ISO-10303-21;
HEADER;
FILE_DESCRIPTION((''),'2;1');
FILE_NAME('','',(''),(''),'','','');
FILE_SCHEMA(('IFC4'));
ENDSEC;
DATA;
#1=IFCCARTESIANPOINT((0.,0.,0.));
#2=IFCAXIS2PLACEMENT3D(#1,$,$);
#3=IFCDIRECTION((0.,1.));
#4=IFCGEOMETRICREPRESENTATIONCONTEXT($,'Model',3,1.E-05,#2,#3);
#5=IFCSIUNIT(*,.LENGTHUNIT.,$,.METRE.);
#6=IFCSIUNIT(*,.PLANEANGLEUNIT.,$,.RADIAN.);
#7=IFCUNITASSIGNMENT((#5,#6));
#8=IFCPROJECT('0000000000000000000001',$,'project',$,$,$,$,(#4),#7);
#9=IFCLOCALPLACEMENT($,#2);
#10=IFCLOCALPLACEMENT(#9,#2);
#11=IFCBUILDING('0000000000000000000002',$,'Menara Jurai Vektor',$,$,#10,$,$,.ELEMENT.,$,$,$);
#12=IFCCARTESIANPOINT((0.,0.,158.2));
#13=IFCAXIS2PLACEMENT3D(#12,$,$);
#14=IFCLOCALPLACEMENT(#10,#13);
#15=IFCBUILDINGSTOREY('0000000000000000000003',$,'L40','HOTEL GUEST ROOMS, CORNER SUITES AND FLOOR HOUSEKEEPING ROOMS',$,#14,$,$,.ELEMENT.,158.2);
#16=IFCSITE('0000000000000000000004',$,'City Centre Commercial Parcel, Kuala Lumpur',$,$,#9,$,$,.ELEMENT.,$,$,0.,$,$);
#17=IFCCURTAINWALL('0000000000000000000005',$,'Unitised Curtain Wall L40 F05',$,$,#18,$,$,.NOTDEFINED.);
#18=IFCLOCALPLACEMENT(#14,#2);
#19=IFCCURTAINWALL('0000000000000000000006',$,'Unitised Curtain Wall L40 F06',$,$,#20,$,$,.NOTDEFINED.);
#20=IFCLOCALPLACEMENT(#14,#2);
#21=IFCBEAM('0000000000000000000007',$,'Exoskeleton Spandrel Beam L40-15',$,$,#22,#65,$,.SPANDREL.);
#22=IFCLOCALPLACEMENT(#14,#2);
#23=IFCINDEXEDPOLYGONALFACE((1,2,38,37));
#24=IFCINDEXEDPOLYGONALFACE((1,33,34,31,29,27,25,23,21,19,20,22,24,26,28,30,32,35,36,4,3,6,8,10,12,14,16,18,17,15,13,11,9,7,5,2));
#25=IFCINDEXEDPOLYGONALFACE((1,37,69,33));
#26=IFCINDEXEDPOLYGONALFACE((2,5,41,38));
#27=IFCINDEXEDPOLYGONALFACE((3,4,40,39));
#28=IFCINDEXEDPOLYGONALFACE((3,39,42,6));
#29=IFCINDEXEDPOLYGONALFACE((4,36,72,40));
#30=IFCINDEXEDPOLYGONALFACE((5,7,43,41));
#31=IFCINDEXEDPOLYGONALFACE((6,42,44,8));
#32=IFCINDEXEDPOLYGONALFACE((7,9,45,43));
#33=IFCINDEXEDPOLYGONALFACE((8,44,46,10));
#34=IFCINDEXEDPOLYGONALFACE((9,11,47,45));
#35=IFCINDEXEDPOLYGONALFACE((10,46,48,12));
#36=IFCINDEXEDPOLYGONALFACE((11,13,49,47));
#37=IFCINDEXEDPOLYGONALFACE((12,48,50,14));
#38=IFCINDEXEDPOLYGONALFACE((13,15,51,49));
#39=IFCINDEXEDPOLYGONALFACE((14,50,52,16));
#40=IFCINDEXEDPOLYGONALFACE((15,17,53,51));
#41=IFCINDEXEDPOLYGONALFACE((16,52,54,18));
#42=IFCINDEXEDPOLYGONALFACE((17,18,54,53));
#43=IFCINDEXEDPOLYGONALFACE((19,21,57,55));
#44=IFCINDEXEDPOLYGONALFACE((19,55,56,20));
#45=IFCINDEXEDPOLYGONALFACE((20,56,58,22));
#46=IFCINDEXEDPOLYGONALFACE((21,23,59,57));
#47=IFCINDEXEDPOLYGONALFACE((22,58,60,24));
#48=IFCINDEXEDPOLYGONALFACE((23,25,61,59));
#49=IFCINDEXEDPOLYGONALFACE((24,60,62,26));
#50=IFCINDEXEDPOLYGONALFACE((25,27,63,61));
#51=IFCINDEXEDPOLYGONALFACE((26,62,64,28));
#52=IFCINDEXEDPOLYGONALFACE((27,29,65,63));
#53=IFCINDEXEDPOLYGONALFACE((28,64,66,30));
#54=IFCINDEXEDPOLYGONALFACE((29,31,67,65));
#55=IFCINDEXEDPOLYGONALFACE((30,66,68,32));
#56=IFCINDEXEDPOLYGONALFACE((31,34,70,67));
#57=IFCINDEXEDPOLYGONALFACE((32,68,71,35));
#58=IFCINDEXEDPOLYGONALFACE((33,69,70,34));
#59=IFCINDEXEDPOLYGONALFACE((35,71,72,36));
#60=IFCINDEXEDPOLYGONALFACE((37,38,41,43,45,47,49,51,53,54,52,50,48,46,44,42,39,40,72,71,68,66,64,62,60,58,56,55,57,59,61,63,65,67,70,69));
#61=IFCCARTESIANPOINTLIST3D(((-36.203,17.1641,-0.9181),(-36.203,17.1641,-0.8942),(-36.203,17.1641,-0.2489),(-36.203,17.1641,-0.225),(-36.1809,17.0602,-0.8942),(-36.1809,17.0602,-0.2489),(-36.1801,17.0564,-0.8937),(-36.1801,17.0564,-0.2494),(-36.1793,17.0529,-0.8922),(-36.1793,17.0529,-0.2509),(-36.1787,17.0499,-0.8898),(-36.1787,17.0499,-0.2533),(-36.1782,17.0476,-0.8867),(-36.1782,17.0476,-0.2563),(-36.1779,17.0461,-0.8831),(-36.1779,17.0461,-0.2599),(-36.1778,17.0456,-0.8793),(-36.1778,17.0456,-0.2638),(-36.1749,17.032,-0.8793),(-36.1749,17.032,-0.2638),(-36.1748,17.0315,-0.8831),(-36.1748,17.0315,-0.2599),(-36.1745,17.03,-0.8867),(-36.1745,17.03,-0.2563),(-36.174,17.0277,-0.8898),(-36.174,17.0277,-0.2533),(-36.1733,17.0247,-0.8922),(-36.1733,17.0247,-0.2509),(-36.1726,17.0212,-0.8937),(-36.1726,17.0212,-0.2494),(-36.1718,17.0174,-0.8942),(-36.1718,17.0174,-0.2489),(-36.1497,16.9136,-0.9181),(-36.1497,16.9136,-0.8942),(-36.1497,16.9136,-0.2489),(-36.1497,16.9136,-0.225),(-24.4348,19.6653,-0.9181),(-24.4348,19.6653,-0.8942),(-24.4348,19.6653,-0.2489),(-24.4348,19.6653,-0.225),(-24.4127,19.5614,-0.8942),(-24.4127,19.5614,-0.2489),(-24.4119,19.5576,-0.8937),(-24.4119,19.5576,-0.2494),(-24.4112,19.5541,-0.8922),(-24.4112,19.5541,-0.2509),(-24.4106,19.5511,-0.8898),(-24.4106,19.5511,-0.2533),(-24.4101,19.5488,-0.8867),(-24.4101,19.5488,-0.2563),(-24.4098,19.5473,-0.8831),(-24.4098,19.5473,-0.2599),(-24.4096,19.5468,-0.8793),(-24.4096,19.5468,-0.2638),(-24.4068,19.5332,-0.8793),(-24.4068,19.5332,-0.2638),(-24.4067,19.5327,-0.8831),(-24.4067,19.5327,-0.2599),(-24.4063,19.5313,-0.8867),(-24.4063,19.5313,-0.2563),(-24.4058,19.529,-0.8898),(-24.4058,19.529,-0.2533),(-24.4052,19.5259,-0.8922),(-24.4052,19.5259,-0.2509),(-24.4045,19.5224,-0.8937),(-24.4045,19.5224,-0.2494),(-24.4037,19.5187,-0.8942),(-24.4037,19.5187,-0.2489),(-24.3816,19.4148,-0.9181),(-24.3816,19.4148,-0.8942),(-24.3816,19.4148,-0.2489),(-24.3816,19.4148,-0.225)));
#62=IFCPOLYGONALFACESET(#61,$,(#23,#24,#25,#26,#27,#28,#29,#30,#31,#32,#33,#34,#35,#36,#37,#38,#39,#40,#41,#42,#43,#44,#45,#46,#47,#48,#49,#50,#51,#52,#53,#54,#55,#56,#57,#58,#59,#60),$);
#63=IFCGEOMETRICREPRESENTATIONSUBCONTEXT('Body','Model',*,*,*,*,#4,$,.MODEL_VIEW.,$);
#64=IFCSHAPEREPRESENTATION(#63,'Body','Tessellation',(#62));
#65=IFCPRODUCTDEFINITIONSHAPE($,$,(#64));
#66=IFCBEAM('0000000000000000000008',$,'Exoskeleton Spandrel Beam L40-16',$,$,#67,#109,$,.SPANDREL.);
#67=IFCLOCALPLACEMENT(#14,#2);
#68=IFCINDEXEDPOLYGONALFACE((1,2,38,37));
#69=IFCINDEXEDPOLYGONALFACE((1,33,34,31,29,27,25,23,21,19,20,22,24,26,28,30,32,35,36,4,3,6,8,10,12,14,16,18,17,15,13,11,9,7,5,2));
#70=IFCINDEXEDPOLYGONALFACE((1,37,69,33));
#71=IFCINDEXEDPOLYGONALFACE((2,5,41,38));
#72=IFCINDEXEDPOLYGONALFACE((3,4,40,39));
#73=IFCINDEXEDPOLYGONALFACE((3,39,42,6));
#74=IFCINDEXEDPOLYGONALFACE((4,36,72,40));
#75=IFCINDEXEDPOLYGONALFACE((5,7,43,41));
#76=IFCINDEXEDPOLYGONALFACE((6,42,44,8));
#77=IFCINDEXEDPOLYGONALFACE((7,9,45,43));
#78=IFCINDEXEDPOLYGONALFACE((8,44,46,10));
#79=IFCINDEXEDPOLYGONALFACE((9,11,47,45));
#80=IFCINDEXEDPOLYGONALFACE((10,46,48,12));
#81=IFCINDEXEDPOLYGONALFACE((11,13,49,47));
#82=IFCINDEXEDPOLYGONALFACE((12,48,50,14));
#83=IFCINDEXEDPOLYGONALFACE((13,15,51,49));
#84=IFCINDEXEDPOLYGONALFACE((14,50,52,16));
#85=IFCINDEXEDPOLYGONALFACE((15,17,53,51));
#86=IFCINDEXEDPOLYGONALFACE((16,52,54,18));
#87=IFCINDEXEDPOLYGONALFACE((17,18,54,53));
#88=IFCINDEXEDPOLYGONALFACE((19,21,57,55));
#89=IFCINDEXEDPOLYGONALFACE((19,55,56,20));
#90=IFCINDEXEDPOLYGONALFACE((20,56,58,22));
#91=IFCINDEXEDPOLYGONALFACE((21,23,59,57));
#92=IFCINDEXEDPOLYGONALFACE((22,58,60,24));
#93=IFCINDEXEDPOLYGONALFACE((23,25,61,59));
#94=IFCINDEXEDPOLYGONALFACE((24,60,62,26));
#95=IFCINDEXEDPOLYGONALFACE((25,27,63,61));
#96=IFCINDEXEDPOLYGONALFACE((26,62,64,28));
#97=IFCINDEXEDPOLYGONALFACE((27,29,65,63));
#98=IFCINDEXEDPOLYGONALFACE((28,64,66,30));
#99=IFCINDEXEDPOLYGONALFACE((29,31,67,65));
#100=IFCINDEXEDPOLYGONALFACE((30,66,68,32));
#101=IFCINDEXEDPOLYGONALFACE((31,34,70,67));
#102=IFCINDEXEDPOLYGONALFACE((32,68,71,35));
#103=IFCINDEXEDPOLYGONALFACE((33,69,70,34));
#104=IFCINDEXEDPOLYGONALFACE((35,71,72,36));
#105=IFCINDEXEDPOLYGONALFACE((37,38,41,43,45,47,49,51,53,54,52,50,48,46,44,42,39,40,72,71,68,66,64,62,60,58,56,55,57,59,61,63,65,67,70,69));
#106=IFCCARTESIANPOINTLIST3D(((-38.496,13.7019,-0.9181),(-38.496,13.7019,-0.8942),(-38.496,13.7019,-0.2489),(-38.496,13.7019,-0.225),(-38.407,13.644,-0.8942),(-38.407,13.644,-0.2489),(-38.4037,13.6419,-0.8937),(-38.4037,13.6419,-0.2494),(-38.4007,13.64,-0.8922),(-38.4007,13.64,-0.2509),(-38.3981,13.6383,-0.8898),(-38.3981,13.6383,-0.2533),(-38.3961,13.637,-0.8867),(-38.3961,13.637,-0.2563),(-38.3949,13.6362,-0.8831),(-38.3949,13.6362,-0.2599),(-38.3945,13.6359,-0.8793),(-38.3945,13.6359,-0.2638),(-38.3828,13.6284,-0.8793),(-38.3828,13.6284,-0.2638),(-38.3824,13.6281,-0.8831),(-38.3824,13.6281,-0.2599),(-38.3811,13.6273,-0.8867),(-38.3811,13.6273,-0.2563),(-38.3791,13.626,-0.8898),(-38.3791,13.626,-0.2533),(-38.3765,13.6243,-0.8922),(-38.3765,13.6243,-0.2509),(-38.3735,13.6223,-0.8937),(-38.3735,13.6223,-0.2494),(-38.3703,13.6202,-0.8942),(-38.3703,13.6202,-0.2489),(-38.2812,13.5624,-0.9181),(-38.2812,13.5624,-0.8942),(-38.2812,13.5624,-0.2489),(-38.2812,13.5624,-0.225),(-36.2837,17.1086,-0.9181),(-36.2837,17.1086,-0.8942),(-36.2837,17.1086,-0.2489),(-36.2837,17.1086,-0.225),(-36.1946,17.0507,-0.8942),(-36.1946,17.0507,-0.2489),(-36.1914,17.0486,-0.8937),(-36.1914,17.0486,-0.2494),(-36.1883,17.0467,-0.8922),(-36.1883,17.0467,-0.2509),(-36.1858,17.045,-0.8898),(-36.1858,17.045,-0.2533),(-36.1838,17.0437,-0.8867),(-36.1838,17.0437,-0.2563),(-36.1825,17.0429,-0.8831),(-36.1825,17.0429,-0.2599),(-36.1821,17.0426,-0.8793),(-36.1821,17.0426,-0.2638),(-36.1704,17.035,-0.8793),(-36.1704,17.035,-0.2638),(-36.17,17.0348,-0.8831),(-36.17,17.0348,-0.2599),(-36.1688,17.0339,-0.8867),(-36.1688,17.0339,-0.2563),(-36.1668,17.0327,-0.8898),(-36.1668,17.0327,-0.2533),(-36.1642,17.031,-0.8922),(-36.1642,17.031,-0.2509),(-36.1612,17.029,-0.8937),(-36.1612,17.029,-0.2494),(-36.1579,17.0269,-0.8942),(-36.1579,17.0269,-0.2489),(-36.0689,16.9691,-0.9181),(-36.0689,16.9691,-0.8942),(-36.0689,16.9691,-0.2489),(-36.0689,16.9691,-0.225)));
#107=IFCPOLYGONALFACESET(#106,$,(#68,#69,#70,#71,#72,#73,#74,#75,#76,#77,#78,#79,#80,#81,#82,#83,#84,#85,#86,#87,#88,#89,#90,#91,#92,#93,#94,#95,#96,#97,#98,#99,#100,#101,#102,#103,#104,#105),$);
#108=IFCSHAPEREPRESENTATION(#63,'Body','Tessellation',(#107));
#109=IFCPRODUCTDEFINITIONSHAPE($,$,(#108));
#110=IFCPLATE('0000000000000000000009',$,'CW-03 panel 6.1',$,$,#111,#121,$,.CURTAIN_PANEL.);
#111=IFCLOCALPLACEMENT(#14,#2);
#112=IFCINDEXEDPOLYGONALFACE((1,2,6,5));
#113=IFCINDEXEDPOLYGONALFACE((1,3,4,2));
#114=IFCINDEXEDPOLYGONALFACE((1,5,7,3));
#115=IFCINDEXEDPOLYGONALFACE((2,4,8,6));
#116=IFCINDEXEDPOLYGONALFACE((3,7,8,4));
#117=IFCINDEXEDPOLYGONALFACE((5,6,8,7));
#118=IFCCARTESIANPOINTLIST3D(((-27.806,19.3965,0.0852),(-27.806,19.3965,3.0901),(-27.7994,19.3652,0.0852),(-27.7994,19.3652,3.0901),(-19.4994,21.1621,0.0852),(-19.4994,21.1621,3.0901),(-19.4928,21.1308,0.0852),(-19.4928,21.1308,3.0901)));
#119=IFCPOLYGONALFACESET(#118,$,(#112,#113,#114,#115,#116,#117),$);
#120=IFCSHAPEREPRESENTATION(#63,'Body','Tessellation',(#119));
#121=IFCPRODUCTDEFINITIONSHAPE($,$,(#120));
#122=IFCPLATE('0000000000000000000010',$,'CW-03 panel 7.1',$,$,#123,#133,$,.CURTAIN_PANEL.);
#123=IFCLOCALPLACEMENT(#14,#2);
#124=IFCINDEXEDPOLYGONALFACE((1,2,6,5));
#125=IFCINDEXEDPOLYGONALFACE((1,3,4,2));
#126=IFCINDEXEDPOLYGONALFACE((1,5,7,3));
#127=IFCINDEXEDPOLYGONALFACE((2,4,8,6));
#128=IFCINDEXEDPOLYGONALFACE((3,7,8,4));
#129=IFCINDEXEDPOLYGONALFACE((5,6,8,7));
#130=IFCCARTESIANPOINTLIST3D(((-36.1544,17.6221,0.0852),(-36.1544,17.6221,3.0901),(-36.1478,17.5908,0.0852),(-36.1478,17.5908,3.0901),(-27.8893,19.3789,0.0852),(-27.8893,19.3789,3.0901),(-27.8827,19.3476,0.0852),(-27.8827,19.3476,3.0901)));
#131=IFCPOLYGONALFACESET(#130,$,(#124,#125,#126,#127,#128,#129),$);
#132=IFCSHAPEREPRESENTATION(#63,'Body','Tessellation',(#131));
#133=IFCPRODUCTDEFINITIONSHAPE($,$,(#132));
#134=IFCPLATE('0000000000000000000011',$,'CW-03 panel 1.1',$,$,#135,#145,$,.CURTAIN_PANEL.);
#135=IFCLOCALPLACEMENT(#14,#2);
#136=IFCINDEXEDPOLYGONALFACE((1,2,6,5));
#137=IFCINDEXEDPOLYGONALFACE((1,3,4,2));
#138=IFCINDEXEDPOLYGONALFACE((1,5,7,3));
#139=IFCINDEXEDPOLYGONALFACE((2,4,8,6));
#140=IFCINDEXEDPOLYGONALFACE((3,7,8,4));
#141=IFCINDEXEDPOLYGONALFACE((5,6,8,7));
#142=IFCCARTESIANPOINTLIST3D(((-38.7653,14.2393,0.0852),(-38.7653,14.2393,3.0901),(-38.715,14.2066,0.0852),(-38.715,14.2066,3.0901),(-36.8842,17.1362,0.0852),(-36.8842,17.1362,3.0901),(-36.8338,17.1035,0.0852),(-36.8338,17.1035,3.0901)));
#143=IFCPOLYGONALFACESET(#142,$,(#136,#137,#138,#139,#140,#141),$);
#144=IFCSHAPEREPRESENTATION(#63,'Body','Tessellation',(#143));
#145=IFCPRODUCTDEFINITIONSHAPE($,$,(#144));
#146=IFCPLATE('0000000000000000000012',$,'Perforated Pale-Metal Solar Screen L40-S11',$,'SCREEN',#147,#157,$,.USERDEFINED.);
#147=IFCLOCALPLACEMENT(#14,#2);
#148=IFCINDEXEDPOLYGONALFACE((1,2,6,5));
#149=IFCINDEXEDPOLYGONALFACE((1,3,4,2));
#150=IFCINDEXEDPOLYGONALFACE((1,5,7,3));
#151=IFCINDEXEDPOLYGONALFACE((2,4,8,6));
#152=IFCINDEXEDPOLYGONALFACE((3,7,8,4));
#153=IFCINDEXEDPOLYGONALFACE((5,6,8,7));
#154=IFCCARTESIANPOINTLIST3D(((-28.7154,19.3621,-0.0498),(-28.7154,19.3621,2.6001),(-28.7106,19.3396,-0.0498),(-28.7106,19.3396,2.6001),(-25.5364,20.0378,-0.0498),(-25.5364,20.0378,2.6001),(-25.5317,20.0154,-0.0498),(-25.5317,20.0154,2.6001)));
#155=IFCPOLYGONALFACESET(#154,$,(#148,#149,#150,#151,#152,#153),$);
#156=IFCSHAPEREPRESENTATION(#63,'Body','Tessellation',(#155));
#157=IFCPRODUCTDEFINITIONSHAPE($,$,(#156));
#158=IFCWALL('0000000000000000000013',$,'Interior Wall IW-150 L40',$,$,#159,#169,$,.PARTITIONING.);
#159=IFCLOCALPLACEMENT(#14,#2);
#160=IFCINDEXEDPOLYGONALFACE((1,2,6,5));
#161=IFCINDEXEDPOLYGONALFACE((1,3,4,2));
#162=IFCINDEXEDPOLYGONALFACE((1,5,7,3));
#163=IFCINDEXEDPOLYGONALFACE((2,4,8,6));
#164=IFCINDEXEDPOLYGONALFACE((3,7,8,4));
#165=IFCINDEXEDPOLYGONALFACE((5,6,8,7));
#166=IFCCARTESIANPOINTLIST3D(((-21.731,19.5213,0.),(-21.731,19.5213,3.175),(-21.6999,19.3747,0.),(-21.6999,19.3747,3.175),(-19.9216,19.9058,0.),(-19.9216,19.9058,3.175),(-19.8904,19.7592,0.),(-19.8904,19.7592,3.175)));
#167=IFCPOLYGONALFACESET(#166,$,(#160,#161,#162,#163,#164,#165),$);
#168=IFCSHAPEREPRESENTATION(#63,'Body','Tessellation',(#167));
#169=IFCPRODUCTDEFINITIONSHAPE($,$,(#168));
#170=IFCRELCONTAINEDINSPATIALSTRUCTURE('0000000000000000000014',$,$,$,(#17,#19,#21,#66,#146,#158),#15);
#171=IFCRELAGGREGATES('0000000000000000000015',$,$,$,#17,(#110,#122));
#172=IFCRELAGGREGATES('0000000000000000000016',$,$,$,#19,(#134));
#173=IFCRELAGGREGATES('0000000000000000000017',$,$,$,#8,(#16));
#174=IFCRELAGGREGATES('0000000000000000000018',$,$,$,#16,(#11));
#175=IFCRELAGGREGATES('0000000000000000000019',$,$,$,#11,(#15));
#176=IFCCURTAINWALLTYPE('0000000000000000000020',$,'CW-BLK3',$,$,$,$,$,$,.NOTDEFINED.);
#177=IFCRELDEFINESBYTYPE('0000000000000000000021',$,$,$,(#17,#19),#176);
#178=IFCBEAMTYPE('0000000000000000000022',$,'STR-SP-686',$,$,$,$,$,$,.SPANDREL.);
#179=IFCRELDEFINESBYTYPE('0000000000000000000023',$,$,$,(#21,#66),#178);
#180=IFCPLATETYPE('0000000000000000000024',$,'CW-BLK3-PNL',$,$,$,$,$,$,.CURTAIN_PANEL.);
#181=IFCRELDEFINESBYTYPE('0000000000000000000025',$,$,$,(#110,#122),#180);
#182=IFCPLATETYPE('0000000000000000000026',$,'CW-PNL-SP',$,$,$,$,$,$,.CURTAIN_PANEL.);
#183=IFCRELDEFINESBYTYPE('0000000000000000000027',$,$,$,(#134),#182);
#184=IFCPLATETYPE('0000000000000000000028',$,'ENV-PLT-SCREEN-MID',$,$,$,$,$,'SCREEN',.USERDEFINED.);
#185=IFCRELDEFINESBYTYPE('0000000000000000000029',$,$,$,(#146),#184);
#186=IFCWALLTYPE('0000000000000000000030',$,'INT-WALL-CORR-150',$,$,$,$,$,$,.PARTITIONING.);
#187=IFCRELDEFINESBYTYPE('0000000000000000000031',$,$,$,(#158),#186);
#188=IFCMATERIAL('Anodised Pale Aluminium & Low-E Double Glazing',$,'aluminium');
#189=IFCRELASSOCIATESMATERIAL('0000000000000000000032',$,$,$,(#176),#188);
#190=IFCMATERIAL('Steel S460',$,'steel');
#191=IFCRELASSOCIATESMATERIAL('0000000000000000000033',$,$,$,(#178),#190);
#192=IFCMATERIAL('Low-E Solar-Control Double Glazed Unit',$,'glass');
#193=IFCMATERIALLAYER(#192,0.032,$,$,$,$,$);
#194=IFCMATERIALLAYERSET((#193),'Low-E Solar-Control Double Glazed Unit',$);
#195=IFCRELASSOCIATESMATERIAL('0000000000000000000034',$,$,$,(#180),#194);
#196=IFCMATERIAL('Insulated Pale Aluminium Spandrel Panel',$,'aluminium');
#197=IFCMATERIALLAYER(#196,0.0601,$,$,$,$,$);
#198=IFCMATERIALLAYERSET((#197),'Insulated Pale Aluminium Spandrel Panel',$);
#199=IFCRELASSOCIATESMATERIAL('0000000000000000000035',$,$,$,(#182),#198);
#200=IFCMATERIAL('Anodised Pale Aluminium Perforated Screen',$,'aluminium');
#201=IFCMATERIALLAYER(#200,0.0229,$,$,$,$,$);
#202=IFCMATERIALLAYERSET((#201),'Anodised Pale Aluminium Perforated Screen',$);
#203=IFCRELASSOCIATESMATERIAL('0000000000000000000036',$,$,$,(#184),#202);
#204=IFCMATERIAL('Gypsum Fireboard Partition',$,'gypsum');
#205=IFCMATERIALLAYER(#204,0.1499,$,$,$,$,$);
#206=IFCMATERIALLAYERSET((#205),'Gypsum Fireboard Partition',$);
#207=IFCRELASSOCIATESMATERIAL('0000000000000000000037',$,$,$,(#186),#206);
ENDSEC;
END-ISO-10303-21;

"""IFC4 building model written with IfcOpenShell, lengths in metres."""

from ifc_helpers import new_model, si_unit, direction, frame, frame_2d, origin, origin_2d, place, context, subcontext, project, spatial, rectangle, i_section, extrude, material, layer, layer_set, material_profile, profile_set, type_object, element, aggregate, save


model = new_model("IFC4")

# Units and contexts
model_context = context("Model", 3, precision=1e-05, world=origin(), true_north=direction((0.0, 1.0)))
body_context = subcontext(model_context, "Body", "Model", "MODEL_VIEW")
ifc_project = project(units=[si_unit("LENGTHUNIT", "METRE"), si_unit("PLANEANGLEUNIT", "RADIAN")], contexts=[model_context])

# Site, building, storey
site_placement = place(None, origin())
site = spatial("IfcSite", under=ifc_project, at=site_placement, Name="City Centre Commercial Parcel, Kuala Lumpur", CompositionType="ELEMENT", RefElevation=0.0)
building_placement = place(site_placement, origin())
building = spatial("IfcBuilding", under=site, at=building_placement, Name="Menara Jurai Vektor", CompositionType="ELEMENT")
storey_placement = place(building_placement, frame((0.0, 0.0, 158.2)))
storey = spatial("IfcBuildingStorey", under=building, at=storey_placement, Name="L40", Description="HOTEL GUEST ROOMS, CORNER SUITES AND FLOOR HOUSEKEEPING ROOMS", CompositionType="ELEMENT", Elevation=158.2)

# Shared definitions
ifc_material_1 = material(Name="Steel S460", Category="steel")

# Curtain walls
ifc_material_2 = material(Name="Anodised Pale Aluminium & Low-E Double Glazing", Category="aluminium")
curtain_wall_type = type_object("IfcCurtainWallType", Name="CW-BLK3", PredefinedType="NOTDEFINED", material=ifc_material_2)
curtain_wall_1_placement = place(storey_placement, origin())
curtain_wall_1 = element("IfcCurtainWall", 1, at=curtain_wall_1_placement, inside=storey, type_object=curtain_wall_type, Name="Unitised Curtain Wall L40 F05", PredefinedType="NOTDEFINED")
curtain_wall_2_placement = place(storey_placement, origin())
curtain_wall_2 = element("IfcCurtainWall", 2, at=curtain_wall_2_placement, inside=storey, type_object=curtain_wall_type, Name="Unitised Curtain Wall L40 F06", PredefinedType="NOTDEFINED")

# Beams
ifc_material_profile_1 = material_profile(ifc_material_1, i_section(OverallWidth=0.2561, OverallDepth=0.6931, WebThickness=0.0139, FlangeThickness=0.0239, FilletRadius=0.0149, at=origin_2d()), Name="UKB 686x254x170")
ifc_profile_set_1 = profile_set([ifc_material_profile_1], Name="Steel S460")
beam_type_1 = type_object("IfcBeamType", Name="STR-SP-686", PredefinedType="SPANDREL", material=ifc_profile_set_1)
beam_1_placement = place(storey_placement, frame((-24.4082, 19.54, -0.5715), z_axis=(-0.97815, -0.207899, 0.0), x_axis=(0.207899, -0.97815, 0.0)))
element("IfcBeam", 3, at=beam_1_placement, inside=storey, type_object=beam_type_1, Name="Exoskeleton Spandrel Beam L40-15", PredefinedType="SPANDREL", context=body_context, shape_type="SweptSolid", body=[
    extrude(i_section(OverallWidth=0.2561, OverallDepth=0.6931, WebThickness=0.0139, FlangeThickness=0.0239, FilletRadius=0.0149, at=origin_2d()), origin(), (0.0, 0.0, 1.0), 12.031),
])
beam_2_placement = place(storey_placement, frame((-36.1763, 17.0388, -0.5715), z_axis=(-0.544646, -0.838666, 0.0), x_axis=(0.838666, -0.544646, 0.0)))
element("IfcBeam", 4, at=beam_2_placement, inside=storey, type_object=beam_type_1, Name="Exoskeleton Spandrel Beam L40-16", PredefinedType="SPANDREL", context=body_context, shape_type="SweptSolid", body=[
    extrude(i_section(OverallWidth=0.2561, OverallDepth=0.6931, WebThickness=0.0139, FlangeThickness=0.0239, FilletRadius=0.0149, at=origin_2d()), origin(), (0.0, 0.0, 1.0), 4.062),
])

# Plates
ifc_material_3 = material(Name="Low-E Solar-Control Double Glazed Unit", Category="glass")
ifc_layer_1 = layer(ifc_material_3, 0.032)
ifc_layer_set_1 = layer_set([ifc_layer_1], Name="Low-E Solar-Control Double Glazed Unit")
plate_type_1 = type_object("IfcPlateType", Name="CW-BLK3-PNL", PredefinedType="CURTAIN_PANEL", material=ifc_layer_set_1)
plate_1_placement = place(storey_placement, frame((-23.6494, 20.2637, 0.0852), z_axis=(0.0, 0.0, 1.0), x_axis=(-0.978148, -0.207911, 0.0)))
plate_1 = element("IfcPlate", 5, at=plate_1_placement, type_object=plate_type_1, Name="CW-03 panel 6.1", PredefinedType="CURTAIN_PANEL", context=body_context, shape_type="SweptSolid", body=[
    extrude(rectangle(XDim=8.4922, YDim=0.032, at=origin_2d()), origin(), (0.0, 0.0, 1.0), 3.0049),
])
plate_2_placement = place(storey_placement, frame((-32.0186, 18.4849, 0.0852), z_axis=(0.0, 0.0, 1.0), x_axis=(-0.978148, -0.207911, 0.0)))
plate_2 = element("IfcPlate", 6, at=plate_2_placement, type_object=plate_type_1, Name="CW-03 panel 7.1", PredefinedType="CURTAIN_PANEL", context=body_context, shape_type="SweptSolid", body=[
    extrude(rectangle(XDim=8.4497, YDim=0.032, at=origin_2d()), origin(), (0.0, 0.0, 1.0), 3.0049),
])
aggregate(curtain_wall_1, [plate_1, plate_2])
ifc_material_4 = material(Name="Insulated Pale Aluminium Spandrel Panel", Category="aluminium")
ifc_layer_2 = layer(ifc_material_4, 0.0601)
ifc_layer_set_2 = layer_set([ifc_layer_2], Name="Insulated Pale Aluminium Spandrel Panel")
plate_type_2 = type_object("IfcPlateType", Name="CW-PNL-SP", PredefinedType="CURTAIN_PANEL", material=ifc_layer_set_2)
plate_3_placement = place(storey_placement, frame((-37.7996, 15.6714, 0.0852), z_axis=(0.0, 0.0, 1.0), x_axis=(-0.544618, -0.838684, 0.0)))
plate_3 = element("IfcPlate", 7, at=plate_3_placement, type_object=plate_type_2, Name="CW-03 panel 1.1", PredefinedType="CURTAIN_PANEL", context=body_context, shape_type="SweptSolid", body=[
    extrude(rectangle(XDim=3.4541, YDim=0.0601, at=origin_2d()), origin(), (0.0, 0.0, 1.0), 3.0049),
])
aggregate(curtain_wall_2, [plate_3])
ifc_material_5 = material(Name="Anodised Pale Aluminium Perforated Screen", Category="aluminium")
ifc_layer_3 = layer(ifc_material_5, 0.0229)
ifc_layer_set_3 = layer_set([ifc_layer_3], Name="Anodised Pale Aluminium Perforated Screen")
plate_type_3 = type_object("IfcPlateType", Name="ENV-PLT-SCREEN-MID", ElementType="SCREEN", PredefinedType="USERDEFINED", material=ifc_layer_set_3)
plate_4_placement = place(storey_placement, frame((-27.1235, 19.6887, -0.0498), z_axis=(0.0, 0.0, 1.0), x_axis=(-0.978148, -0.207912, 0.0)))
element("IfcPlate", 8, at=plate_4_placement, inside=storey, type_object=plate_type_3, Name="Perforated Pale-Metal Solar Screen L40-S11", ObjectType="SCREEN", PredefinedType="USERDEFINED", context=body_context, shape_type="SweptSolid", body=[
    extrude(rectangle(XDim=3.25, YDim=0.0229, at=origin_2d()), origin(), (0.0, 0.0, 1.0), 2.6499),
])

# Wall
ifc_material_6 = material(Name="Gypsum Fireboard Partition", Category="gypsum")
ifc_layer_4 = layer(ifc_material_6, 0.1499)
ifc_layer_set_4 = layer_set([ifc_layer_4], Name="Gypsum Fireboard Partition")
wall_type = type_object("IfcWallType", Name="INT-WALL-CORR-150", PredefinedType="PARTITIONING", material=ifc_layer_set_4)
wall_1_placement = place(storey_placement, frame((-21.7153, 19.448, 0.0), z_axis=(0.0, 0.0, 1.0), x_axis=(0.97816, 0.207852, 0.0)))
element("IfcWall", 9, at=wall_1_placement, inside=storey, type_object=wall_type, Name="Interior Wall IW-150 L40", PredefinedType="PARTITIONING", context=body_context, shape_type="SweptSolid", body=[
    extrude(rectangle(XDim=1.8499, YDim=0.1499, at=frame_2d((0.9248, 0.0))), origin(), (0.0, 0.0, 1.0), 3.175),
])

save(model, "model.ifc")
